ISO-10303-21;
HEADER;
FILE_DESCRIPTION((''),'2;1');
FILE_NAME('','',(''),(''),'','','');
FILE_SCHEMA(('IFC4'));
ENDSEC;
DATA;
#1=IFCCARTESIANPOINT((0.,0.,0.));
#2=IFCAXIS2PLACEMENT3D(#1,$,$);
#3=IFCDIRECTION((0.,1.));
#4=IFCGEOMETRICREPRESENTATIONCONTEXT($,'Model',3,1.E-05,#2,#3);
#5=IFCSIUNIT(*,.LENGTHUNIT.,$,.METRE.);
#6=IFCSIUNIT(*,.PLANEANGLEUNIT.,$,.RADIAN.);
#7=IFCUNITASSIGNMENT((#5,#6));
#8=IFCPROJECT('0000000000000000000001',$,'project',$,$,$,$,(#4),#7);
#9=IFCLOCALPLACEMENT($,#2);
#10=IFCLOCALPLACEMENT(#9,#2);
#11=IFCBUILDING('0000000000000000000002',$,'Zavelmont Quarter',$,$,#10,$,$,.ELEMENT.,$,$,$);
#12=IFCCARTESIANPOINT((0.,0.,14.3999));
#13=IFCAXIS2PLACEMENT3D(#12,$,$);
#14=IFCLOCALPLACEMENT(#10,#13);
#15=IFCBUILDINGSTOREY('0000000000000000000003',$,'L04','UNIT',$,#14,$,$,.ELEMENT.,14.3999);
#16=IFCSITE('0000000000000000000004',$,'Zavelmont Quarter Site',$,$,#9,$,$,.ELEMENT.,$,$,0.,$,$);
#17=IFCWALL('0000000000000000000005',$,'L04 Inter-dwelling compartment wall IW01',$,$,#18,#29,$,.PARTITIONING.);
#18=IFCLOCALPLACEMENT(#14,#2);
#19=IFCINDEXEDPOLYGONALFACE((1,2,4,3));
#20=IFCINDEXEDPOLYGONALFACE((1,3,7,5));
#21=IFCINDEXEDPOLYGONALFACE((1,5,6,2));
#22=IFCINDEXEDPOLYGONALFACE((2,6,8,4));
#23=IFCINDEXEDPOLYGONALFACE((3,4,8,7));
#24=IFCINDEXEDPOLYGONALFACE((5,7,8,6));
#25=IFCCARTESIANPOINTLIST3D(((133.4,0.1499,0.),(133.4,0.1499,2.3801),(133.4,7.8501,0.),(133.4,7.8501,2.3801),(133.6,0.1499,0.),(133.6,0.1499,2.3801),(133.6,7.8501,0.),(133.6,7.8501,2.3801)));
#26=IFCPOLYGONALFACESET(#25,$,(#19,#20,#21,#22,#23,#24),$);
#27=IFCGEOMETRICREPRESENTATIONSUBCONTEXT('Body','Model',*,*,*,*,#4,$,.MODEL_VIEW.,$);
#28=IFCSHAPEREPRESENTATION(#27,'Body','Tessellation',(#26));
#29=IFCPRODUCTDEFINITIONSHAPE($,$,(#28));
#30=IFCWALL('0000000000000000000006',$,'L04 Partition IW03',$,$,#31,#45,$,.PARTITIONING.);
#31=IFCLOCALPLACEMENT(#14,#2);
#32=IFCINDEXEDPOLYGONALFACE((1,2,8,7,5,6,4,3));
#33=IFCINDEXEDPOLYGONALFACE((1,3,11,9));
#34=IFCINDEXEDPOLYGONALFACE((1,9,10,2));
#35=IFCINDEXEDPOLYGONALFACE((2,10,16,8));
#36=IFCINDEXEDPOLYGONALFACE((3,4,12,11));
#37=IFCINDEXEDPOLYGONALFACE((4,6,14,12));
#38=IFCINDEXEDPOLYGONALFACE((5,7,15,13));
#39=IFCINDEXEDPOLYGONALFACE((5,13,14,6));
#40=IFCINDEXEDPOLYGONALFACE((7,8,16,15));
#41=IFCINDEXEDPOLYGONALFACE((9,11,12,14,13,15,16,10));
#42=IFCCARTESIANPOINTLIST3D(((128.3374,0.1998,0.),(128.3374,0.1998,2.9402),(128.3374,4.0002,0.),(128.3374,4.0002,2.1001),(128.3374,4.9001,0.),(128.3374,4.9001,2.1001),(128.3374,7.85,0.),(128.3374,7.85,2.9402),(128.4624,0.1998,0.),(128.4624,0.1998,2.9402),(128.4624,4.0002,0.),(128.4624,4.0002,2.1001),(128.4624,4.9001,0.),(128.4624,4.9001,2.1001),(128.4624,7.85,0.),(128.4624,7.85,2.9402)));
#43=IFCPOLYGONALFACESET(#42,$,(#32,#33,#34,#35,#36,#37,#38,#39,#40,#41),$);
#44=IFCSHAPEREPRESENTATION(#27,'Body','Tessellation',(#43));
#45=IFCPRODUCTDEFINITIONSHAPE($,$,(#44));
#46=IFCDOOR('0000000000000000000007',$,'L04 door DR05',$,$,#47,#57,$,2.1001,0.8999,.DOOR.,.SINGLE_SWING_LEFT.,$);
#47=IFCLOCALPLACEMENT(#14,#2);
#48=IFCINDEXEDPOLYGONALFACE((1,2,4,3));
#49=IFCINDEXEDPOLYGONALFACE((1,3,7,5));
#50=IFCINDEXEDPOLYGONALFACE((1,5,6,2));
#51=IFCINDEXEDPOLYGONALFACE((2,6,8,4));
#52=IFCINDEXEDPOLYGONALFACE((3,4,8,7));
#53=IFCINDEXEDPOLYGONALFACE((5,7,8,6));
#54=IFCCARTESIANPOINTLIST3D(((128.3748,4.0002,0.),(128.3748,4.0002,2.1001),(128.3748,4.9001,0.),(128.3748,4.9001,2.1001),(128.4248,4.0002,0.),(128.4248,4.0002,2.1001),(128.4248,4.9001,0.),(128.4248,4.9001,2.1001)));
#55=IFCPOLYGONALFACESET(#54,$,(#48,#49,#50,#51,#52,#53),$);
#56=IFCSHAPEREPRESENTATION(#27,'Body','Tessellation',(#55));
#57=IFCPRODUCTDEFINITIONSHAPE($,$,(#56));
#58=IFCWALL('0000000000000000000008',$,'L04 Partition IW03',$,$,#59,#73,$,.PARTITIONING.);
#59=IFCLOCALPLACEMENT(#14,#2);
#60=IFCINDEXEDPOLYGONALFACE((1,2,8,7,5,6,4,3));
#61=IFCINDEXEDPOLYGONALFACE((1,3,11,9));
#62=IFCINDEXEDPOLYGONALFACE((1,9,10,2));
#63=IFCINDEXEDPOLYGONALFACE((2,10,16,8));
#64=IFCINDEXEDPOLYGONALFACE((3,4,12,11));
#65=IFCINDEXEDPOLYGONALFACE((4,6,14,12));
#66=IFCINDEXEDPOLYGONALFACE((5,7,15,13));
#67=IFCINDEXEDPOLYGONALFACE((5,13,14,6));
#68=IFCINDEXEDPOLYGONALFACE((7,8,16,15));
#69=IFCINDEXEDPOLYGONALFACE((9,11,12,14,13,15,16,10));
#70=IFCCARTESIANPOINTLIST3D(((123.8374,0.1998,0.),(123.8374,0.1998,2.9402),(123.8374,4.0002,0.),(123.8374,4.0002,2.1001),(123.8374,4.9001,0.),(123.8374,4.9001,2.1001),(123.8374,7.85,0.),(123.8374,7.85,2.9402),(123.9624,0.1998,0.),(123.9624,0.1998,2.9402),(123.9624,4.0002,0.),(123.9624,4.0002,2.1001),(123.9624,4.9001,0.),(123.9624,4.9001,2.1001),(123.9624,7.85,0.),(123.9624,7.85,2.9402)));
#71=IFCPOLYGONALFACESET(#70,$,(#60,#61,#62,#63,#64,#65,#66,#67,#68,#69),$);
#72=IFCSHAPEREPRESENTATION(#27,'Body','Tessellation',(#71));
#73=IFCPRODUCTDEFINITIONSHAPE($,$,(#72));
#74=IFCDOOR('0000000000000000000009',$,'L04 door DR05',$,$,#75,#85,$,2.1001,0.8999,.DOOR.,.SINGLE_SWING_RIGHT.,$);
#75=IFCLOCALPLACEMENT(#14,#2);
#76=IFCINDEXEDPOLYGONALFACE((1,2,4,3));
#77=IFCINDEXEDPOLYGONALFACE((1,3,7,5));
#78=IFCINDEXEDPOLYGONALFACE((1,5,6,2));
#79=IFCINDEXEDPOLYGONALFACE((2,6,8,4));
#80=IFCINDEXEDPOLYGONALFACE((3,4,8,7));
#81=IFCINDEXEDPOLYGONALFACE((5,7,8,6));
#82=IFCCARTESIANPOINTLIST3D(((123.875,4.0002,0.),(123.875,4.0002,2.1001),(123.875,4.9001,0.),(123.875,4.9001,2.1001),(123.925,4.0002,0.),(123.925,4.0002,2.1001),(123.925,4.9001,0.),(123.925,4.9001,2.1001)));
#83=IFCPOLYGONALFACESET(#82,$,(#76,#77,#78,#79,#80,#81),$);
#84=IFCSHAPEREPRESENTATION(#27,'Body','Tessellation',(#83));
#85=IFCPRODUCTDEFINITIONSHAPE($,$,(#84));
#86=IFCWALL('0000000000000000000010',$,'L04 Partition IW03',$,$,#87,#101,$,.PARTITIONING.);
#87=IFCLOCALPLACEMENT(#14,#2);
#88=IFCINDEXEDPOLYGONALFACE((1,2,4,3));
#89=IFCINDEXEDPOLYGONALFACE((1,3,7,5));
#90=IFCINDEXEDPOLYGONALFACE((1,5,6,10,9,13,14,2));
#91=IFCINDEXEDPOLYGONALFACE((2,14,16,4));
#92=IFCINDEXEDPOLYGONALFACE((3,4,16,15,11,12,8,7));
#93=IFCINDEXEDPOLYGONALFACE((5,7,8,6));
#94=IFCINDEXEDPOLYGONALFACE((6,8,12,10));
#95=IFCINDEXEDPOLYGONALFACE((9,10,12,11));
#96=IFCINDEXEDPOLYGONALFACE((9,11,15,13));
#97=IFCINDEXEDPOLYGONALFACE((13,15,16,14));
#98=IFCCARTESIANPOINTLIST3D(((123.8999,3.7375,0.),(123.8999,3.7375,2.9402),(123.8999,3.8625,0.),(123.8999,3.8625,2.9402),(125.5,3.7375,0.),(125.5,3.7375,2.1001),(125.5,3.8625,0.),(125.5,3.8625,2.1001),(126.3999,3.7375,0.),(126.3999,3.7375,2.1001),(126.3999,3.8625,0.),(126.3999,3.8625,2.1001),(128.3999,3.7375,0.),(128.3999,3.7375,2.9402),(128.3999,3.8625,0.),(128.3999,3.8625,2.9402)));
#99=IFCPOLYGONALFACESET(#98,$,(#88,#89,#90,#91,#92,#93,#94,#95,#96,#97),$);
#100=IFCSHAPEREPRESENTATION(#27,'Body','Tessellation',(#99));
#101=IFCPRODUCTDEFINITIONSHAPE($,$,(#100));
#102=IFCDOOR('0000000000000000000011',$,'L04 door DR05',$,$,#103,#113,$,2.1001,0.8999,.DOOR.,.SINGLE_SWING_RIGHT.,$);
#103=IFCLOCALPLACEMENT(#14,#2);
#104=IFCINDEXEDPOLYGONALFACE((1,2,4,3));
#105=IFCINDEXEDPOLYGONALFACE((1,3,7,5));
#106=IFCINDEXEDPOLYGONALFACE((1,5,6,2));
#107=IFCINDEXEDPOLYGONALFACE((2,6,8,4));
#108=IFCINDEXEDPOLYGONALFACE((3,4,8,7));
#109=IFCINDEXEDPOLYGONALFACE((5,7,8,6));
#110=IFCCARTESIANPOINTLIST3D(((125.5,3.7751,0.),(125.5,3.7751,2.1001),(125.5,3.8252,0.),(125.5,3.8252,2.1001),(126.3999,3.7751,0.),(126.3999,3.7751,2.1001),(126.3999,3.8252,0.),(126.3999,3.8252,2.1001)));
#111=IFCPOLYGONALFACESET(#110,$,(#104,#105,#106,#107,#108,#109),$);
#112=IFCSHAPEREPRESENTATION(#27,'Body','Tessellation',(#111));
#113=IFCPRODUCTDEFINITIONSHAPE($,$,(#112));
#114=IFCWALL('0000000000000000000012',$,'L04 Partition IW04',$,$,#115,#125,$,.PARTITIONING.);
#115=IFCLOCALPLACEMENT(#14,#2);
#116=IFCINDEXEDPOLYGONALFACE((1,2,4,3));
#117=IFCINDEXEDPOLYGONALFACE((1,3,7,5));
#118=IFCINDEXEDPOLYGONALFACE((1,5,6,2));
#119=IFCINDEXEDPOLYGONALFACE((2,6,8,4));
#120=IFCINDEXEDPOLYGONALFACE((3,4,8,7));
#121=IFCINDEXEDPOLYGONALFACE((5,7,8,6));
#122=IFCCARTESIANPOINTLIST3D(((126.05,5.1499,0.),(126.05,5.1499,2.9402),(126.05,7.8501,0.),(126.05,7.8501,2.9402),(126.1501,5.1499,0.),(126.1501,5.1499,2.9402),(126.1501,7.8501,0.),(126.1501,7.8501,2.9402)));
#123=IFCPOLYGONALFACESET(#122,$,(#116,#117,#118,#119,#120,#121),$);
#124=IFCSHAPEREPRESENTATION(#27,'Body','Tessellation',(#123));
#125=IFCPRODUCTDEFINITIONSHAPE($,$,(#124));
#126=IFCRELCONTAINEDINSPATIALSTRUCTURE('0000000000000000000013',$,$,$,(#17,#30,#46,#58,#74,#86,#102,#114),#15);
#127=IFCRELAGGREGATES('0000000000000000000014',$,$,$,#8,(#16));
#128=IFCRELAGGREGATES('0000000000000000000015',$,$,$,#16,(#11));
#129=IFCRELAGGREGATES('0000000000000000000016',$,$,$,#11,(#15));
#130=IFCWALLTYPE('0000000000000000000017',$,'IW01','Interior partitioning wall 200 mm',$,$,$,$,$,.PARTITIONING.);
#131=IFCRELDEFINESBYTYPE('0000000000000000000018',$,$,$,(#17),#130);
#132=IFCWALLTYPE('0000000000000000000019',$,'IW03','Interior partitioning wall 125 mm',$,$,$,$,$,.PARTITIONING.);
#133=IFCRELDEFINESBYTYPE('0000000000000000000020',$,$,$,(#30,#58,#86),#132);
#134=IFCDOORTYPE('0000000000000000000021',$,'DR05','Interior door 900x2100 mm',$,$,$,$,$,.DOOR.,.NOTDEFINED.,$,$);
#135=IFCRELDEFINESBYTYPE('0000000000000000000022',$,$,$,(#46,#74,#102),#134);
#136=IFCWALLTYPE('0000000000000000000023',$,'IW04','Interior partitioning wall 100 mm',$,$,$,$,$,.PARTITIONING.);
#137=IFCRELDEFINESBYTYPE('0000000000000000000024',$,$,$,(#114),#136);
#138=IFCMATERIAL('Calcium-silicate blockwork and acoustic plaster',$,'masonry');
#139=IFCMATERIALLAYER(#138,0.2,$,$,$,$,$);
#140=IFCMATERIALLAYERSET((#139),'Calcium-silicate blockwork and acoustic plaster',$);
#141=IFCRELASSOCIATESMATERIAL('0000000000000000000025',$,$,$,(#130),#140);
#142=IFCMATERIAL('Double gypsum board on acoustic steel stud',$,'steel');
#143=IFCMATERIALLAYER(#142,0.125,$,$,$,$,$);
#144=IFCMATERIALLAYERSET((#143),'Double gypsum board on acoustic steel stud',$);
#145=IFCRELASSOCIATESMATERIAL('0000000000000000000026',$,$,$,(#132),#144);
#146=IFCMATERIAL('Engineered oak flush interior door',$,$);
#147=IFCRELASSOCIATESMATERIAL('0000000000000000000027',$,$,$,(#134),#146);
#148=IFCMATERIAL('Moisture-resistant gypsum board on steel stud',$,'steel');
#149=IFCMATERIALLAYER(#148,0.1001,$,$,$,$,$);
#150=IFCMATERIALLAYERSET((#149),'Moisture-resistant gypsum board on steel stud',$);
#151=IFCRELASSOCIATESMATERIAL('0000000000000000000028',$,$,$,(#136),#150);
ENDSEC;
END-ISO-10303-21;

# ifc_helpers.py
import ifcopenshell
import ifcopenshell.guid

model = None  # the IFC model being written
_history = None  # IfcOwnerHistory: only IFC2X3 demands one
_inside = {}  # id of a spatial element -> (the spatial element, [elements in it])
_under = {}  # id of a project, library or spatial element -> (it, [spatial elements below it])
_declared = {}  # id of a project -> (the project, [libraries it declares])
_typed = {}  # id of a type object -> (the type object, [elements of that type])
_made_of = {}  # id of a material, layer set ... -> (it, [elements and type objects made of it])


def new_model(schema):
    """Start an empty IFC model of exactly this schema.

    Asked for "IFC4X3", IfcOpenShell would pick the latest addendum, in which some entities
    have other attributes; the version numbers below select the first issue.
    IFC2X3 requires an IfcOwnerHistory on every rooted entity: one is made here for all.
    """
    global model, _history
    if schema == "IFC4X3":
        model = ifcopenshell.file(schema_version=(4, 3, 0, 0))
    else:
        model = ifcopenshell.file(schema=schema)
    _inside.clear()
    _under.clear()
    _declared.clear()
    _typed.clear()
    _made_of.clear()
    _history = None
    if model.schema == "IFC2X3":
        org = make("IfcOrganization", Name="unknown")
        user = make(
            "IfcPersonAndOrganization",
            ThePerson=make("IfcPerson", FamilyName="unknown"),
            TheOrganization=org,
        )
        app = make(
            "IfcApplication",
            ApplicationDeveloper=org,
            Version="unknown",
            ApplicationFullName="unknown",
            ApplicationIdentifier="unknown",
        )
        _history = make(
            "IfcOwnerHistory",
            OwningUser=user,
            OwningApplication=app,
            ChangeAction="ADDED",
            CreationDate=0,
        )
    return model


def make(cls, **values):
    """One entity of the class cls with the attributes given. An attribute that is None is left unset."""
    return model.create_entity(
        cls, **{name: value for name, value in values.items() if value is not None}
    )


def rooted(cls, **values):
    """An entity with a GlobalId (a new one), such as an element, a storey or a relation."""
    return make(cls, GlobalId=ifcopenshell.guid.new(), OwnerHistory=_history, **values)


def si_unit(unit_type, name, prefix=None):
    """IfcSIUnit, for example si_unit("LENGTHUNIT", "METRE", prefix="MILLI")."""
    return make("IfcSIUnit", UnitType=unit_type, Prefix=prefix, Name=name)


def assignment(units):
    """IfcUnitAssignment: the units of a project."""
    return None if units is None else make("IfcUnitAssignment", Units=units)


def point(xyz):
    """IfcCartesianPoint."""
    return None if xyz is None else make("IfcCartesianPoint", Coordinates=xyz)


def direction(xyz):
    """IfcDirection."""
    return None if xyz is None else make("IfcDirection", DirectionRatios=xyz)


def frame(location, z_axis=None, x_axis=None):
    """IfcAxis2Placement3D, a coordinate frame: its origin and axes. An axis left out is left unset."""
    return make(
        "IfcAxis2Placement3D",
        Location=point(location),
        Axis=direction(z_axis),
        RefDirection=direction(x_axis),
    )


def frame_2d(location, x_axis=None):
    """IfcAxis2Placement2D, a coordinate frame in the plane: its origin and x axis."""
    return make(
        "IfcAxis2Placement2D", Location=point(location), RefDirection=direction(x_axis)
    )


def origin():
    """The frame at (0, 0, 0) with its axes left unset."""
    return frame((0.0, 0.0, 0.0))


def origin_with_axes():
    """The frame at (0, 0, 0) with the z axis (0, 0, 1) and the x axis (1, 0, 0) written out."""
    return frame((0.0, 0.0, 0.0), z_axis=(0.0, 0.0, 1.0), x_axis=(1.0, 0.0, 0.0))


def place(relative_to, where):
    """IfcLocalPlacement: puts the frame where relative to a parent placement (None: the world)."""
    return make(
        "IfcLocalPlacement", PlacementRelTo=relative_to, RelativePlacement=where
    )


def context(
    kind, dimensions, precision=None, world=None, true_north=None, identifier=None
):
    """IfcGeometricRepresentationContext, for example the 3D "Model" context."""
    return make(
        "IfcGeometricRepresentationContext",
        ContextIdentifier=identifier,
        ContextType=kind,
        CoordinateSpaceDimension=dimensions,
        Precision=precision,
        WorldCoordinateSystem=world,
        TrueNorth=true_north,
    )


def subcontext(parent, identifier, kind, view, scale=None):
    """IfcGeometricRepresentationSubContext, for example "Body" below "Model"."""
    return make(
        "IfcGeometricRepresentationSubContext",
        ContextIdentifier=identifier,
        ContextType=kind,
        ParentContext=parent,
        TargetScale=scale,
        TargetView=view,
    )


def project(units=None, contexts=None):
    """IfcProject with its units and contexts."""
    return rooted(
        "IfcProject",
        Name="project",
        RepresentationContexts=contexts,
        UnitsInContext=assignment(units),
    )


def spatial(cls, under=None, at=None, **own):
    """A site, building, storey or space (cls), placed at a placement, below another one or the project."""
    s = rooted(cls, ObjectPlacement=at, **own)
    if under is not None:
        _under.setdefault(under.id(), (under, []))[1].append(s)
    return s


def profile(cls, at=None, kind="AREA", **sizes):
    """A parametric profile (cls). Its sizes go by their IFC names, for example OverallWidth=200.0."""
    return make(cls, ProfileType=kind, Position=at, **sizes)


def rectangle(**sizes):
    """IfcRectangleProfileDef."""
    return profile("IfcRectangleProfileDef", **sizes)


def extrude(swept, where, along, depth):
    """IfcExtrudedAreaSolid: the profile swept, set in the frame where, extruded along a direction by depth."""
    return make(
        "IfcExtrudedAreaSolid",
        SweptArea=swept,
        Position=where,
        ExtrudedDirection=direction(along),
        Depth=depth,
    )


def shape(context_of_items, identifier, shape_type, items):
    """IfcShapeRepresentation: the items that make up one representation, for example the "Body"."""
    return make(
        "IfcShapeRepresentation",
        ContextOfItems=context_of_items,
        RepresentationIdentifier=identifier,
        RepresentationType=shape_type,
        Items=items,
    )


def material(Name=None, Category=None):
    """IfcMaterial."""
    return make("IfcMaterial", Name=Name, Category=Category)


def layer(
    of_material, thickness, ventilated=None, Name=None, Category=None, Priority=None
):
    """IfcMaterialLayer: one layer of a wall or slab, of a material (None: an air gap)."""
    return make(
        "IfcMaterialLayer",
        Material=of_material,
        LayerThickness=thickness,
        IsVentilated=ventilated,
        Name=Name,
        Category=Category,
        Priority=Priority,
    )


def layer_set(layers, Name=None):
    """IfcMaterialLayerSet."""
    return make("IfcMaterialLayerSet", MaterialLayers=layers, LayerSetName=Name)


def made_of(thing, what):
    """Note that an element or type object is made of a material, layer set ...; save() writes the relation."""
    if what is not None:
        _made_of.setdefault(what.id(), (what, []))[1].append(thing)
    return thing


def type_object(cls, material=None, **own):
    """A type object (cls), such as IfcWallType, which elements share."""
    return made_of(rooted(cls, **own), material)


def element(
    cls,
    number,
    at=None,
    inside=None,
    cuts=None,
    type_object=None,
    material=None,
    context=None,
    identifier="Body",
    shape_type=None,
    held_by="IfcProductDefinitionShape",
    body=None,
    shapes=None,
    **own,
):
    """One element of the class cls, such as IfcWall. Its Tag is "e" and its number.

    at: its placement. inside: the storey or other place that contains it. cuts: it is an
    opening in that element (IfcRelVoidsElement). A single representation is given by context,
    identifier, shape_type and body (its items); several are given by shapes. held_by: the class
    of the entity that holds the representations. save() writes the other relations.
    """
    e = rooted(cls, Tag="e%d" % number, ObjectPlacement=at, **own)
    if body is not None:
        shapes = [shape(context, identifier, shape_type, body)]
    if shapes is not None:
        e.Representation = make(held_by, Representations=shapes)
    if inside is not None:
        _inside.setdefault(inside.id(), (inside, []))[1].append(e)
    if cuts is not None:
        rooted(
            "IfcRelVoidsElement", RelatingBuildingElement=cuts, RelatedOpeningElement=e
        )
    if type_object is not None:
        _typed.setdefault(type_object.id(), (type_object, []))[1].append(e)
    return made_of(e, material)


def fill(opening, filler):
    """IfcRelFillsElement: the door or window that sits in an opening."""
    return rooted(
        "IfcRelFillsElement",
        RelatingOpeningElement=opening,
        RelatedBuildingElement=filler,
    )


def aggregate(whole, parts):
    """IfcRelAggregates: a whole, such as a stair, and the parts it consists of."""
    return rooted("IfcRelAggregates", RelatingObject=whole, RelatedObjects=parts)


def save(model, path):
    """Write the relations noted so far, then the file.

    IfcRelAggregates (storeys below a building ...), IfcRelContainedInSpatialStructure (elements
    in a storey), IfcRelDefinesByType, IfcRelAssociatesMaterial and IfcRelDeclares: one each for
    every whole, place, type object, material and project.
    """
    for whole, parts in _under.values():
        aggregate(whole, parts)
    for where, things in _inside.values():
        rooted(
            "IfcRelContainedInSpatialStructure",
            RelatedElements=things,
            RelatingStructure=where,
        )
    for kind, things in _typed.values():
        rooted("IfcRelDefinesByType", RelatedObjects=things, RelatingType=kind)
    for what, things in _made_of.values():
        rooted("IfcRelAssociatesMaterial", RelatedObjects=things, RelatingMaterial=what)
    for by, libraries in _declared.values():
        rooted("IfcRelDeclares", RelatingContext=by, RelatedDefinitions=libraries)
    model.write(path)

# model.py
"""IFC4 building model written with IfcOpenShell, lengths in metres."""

from ifc_helpers import new_model, si_unit, direction, frame, frame_2d, origin, origin_with_axes, place, context, subcontext, project, spatial, rectangle, extrude, material, layer, layer_set, type_object, element, fill, save


model = new_model("IFC4")

# Units and contexts
model_context = context("Model", 3, precision=1e-05, world=origin(), true_north=direction((0.0, 1.0)))
body_context = subcontext(model_context, "Body", "Model", "MODEL_VIEW")
ifc_project = project(units=[si_unit("LENGTHUNIT", "METRE"), si_unit("PLANEANGLEUNIT", "RADIAN")], contexts=[model_context])

# Site, building, storey
site_placement = place(None, origin())
site = spatial("IfcSite", under=ifc_project, at=site_placement, Name="Zavelmont Quarter Site", CompositionType="ELEMENT", RefElevation=0.0)
building_placement = place(site_placement, origin())
building = spatial("IfcBuilding", under=site, at=building_placement, Name="Zavelmont Quarter", CompositionType="ELEMENT")
storey_placement = place(building_placement, frame((0.0, 0.0, 14.3999)))
storey = spatial("IfcBuildingStorey", under=building, at=storey_placement, Name="L04", Description="UNIT", CompositionType="ELEMENT", Elevation=14.3999)

# Wall
ifc_material_1 = material(Name="Calcium-silicate blockwork and acoustic plaster", Category="masonry")
ifc_layer_1 = layer(ifc_material_1, 0.2)
ifc_layer_set_1 = layer_set([ifc_layer_1], Name="Calcium-silicate blockwork and acoustic plaster")
wall_type_1 = type_object("IfcWallType", Name="IW01", Description="Interior partitioning wall 200 mm", PredefinedType="PARTITIONING", material=ifc_layer_set_1)
wall_1_placement = place(storey_placement, frame((133.5, 7.8501, 0.0), z_axis=(0.0, 0.0, 1.0), x_axis=(0.0, -1.0, 0.0)))
element("IfcWall", 1, at=wall_1_placement, inside=storey, type_object=wall_type_1, Name="L04 Inter-dwelling compartment wall IW01", PredefinedType="PARTITIONING", context=body_context, shape_type="SweptSolid", body=[
    extrude(rectangle(XDim=7.7002, YDim=0.2, at=frame_2d((3.8501, 0.0))), origin(), (0.0, 0.0, 1.0), 2.3801),
])

# Walls, openings, doors
ifc_material_2 = material(Name="Double gypsum board on acoustic steel stud", Category="steel")
ifc_layer_2 = layer(ifc_material_2, 0.125)
ifc_layer_set_2 = layer_set([ifc_layer_2], Name="Double gypsum board on acoustic steel stud")
wall_type_2 = type_object("IfcWallType", Name="IW03", Description="Interior partitioning wall 125 mm", PredefinedType="PARTITIONING", material=ifc_layer_set_2)
wall_2_placement = place(storey_placement, frame((128.3999, 7.8501, 0.0), z_axis=(0.0, 0.0, 1.0), x_axis=(0.0, -1.0, 0.0)))
wall_2 = element("IfcWall", 2, at=wall_2_placement, inside=storey, type_object=wall_type_2, Name="L04 Partition IW03", PredefinedType="PARTITIONING", context=body_context, shape_type="SweptSolid", body=[
    extrude(rectangle(XDim=7.6501, YDim=0.125, at=frame_2d((3.8252, 0.0))), origin(), (0.0, 0.0, 1.0), 2.9402),
])
opening_1_placement = place(wall_2_placement, frame((2.95, 0.0, 0.0)))
opening_1 = element("IfcOpeningElement", 3, at=opening_1_placement, cuts=wall_2, PredefinedType="OPENING", context=body_context, shape_type="SweptSolid", body=[
    extrude(rectangle(XDim=0.8999, YDim=2.1001, at=frame_2d((0.45, 1.05))), frame((0.0, 0.0745, 0.0), z_axis=(0.0, -1.0, 0.0), x_axis=(1.0, 0.0, 0.0)), (0.0, 0.0, 1.0), 0.1489),
])
ifc_material_3 = material(Name="Engineered oak flush interior door")
door_type = type_object("IfcDoorType", Name="DR05", Description="Interior door 900x2100 mm", OperationType="NOTDEFINED", PredefinedType="DOOR", material=ifc_material_3)
door_1_placement = place(opening_1_placement, origin_with_axes())
door_1 = element("IfcDoor", 4, at=door_1_placement, inside=storey, type_object=door_type, Name="L04 door DR05", OperationType="SINGLE_SWING_LEFT", OverallHeight=2.1001, OverallWidth=0.8999, PredefinedType="DOOR", context=body_context, shape_type="SweptSolid", body=[
    extrude(rectangle(XDim=0.8999, YDim=2.1001, at=frame_2d((0.45, 1.05))), frame((0.0, 0.0249, 0.0), z_axis=(0.0, -1.0, 0.0), x_axis=(1.0, 0.0, 0.0)), (0.0, 0.0, 1.0), 0.05),
])
fill(opening_1, door_1)
wall_3_placement = place(storey_placement, frame((123.8999, 7.8501, 0.0), z_axis=(0.0, 0.0, 1.0), x_axis=(0.0, -1.0, 0.0)))
wall_3 = element("IfcWall", 5, at=wall_3_placement, inside=storey, type_object=wall_type_2, Name="L04 Partition IW03", PredefinedType="PARTITIONING", context=body_context, shape_type="SweptSolid", body=[
    extrude(rectangle(XDim=7.6501, YDim=0.125, at=frame_2d((3.8252, 0.0))), origin(), (0.0, 0.0, 1.0), 2.9402),
])
opening_2_placement = place(wall_3_placement, frame((2.95, 0.0, 0.0)))
opening_2 = element("IfcOpeningElement", 6, at=opening_2_placement, cuts=wall_3, PredefinedType="OPENING", context=body_context, shape_type="SweptSolid", body=[
    extrude(rectangle(XDim=0.8999, YDim=2.1001, at=frame_2d((0.45, 1.05))), frame((0.0, 0.0745, 0.0), z_axis=(0.0, -1.0, 0.0), x_axis=(1.0, 0.0, 0.0)), (0.0, 0.0, 1.0), 0.1489),
])
door_2_placement = place(opening_2_placement, frame((0.8999, 0.0, 0.0), z_axis=(0.0, 0.0, 1.0), x_axis=(-1.0, 0.0, 0.0)))
door_2 = element("IfcDoor", 7, at=door_2_placement, inside=storey, type_object=door_type, Name="L04 door DR05", OperationType="SINGLE_SWING_RIGHT", OverallHeight=2.1001, OverallWidth=0.8999, PredefinedType="DOOR", context=body_context, shape_type="SweptSolid", body=[
    extrude(rectangle(XDim=0.8999, YDim=2.1001, at=frame_2d((0.45, 1.05))), frame((0.0, 0.0249, 0.0), z_axis=(0.0, -1.0, 0.0), x_axis=(1.0, 0.0, 0.0)), (0.0, 0.0, 1.0), 0.05),
])
fill(opening_2, door_2)
wall_4_placement = place(storey_placement, frame((123.8999, 3.8, 0.0), z_axis=(0.0, 0.0, 1.0), x_axis=(1.0, 0.0, 0.0)))
wall_4 = element("IfcWall", 8, at=wall_4_placement, inside=storey, type_object=wall_type_2, Name="L04 Partition IW03", PredefinedType="PARTITIONING", context=body_context, shape_type="SweptSolid", body=[
    extrude(rectangle(XDim=4.5, YDim=0.125, at=frame_2d((2.25, 0.0))), origin(), (0.0, 0.0, 1.0), 2.9402),
])
opening_3_placement = place(wall_4_placement, frame((1.6001, 0.0, 0.0)))
opening_3 = element("IfcOpeningElement", 9, at=opening_3_placement, cuts=wall_4, PredefinedType="OPENING", context=body_context, shape_type="SweptSolid", body=[
    extrude(rectangle(XDim=0.8999, YDim=2.1001, at=frame_2d((0.45, 1.05))), frame((0.0, 0.0745, 0.0), z_axis=(0.0, -1.0, 0.0), x_axis=(1.0, 0.0, 0.0)), (0.0, 0.0, 1.0), 0.1489),
])
door_3_placement = place(opening_3_placement, frame((0.8999, 0.0, 0.0), z_axis=(0.0, 0.0, 1.0), x_axis=(-1.0, 0.0, 0.0)))
door_3 = element("IfcDoor", 10, at=door_3_placement, inside=storey, type_object=door_type, Name="L04 door DR05", OperationType="SINGLE_SWING_RIGHT", OverallHeight=2.1001, OverallWidth=0.8999, PredefinedType="DOOR", context=body_context, shape_type="SweptSolid", body=[
    extrude(rectangle(XDim=0.8999, YDim=2.1001, at=frame_2d((0.45, 1.05))), frame((0.0, 0.0249, 0.0), z_axis=(0.0, -1.0, 0.0), x_axis=(1.0, 0.0, 0.0)), (0.0, 0.0, 1.0), 0.05),
])
fill(opening_3, door_3)

# Wall
ifc_material_4 = material(Name="Moisture-resistant gypsum board on steel stud", Category="steel")
ifc_layer_3 = layer(ifc_material_4, 0.1001)
ifc_layer_set_3 = layer_set([ifc_layer_3], Name="Moisture-resistant gypsum board on steel stud")
wall_type_3 = type_object("IfcWallType", Name="IW04", Description="Interior partitioning wall 100 mm", PredefinedType="PARTITIONING", material=ifc_layer_set_3)
wall_5_placement = place(storey_placement, frame((126.1001, 7.8501, 0.0), z_axis=(0.0, 0.0, 1.0), x_axis=(0.0, -1.0, 0.0)))
element("IfcWall", 11, at=wall_5_placement, inside=storey, type_object=wall_type_3, Name="L04 Partition IW04", PredefinedType="PARTITIONING", context=body_context, shape_type="SweptSolid", body=[
    extrude(rectangle(XDim=2.7002, YDim=0.1001, at=frame_2d((1.3501, 0.0))), origin(), (0.0, 0.0, 1.0), 2.9402),
])

save(model, "model.ifc")
